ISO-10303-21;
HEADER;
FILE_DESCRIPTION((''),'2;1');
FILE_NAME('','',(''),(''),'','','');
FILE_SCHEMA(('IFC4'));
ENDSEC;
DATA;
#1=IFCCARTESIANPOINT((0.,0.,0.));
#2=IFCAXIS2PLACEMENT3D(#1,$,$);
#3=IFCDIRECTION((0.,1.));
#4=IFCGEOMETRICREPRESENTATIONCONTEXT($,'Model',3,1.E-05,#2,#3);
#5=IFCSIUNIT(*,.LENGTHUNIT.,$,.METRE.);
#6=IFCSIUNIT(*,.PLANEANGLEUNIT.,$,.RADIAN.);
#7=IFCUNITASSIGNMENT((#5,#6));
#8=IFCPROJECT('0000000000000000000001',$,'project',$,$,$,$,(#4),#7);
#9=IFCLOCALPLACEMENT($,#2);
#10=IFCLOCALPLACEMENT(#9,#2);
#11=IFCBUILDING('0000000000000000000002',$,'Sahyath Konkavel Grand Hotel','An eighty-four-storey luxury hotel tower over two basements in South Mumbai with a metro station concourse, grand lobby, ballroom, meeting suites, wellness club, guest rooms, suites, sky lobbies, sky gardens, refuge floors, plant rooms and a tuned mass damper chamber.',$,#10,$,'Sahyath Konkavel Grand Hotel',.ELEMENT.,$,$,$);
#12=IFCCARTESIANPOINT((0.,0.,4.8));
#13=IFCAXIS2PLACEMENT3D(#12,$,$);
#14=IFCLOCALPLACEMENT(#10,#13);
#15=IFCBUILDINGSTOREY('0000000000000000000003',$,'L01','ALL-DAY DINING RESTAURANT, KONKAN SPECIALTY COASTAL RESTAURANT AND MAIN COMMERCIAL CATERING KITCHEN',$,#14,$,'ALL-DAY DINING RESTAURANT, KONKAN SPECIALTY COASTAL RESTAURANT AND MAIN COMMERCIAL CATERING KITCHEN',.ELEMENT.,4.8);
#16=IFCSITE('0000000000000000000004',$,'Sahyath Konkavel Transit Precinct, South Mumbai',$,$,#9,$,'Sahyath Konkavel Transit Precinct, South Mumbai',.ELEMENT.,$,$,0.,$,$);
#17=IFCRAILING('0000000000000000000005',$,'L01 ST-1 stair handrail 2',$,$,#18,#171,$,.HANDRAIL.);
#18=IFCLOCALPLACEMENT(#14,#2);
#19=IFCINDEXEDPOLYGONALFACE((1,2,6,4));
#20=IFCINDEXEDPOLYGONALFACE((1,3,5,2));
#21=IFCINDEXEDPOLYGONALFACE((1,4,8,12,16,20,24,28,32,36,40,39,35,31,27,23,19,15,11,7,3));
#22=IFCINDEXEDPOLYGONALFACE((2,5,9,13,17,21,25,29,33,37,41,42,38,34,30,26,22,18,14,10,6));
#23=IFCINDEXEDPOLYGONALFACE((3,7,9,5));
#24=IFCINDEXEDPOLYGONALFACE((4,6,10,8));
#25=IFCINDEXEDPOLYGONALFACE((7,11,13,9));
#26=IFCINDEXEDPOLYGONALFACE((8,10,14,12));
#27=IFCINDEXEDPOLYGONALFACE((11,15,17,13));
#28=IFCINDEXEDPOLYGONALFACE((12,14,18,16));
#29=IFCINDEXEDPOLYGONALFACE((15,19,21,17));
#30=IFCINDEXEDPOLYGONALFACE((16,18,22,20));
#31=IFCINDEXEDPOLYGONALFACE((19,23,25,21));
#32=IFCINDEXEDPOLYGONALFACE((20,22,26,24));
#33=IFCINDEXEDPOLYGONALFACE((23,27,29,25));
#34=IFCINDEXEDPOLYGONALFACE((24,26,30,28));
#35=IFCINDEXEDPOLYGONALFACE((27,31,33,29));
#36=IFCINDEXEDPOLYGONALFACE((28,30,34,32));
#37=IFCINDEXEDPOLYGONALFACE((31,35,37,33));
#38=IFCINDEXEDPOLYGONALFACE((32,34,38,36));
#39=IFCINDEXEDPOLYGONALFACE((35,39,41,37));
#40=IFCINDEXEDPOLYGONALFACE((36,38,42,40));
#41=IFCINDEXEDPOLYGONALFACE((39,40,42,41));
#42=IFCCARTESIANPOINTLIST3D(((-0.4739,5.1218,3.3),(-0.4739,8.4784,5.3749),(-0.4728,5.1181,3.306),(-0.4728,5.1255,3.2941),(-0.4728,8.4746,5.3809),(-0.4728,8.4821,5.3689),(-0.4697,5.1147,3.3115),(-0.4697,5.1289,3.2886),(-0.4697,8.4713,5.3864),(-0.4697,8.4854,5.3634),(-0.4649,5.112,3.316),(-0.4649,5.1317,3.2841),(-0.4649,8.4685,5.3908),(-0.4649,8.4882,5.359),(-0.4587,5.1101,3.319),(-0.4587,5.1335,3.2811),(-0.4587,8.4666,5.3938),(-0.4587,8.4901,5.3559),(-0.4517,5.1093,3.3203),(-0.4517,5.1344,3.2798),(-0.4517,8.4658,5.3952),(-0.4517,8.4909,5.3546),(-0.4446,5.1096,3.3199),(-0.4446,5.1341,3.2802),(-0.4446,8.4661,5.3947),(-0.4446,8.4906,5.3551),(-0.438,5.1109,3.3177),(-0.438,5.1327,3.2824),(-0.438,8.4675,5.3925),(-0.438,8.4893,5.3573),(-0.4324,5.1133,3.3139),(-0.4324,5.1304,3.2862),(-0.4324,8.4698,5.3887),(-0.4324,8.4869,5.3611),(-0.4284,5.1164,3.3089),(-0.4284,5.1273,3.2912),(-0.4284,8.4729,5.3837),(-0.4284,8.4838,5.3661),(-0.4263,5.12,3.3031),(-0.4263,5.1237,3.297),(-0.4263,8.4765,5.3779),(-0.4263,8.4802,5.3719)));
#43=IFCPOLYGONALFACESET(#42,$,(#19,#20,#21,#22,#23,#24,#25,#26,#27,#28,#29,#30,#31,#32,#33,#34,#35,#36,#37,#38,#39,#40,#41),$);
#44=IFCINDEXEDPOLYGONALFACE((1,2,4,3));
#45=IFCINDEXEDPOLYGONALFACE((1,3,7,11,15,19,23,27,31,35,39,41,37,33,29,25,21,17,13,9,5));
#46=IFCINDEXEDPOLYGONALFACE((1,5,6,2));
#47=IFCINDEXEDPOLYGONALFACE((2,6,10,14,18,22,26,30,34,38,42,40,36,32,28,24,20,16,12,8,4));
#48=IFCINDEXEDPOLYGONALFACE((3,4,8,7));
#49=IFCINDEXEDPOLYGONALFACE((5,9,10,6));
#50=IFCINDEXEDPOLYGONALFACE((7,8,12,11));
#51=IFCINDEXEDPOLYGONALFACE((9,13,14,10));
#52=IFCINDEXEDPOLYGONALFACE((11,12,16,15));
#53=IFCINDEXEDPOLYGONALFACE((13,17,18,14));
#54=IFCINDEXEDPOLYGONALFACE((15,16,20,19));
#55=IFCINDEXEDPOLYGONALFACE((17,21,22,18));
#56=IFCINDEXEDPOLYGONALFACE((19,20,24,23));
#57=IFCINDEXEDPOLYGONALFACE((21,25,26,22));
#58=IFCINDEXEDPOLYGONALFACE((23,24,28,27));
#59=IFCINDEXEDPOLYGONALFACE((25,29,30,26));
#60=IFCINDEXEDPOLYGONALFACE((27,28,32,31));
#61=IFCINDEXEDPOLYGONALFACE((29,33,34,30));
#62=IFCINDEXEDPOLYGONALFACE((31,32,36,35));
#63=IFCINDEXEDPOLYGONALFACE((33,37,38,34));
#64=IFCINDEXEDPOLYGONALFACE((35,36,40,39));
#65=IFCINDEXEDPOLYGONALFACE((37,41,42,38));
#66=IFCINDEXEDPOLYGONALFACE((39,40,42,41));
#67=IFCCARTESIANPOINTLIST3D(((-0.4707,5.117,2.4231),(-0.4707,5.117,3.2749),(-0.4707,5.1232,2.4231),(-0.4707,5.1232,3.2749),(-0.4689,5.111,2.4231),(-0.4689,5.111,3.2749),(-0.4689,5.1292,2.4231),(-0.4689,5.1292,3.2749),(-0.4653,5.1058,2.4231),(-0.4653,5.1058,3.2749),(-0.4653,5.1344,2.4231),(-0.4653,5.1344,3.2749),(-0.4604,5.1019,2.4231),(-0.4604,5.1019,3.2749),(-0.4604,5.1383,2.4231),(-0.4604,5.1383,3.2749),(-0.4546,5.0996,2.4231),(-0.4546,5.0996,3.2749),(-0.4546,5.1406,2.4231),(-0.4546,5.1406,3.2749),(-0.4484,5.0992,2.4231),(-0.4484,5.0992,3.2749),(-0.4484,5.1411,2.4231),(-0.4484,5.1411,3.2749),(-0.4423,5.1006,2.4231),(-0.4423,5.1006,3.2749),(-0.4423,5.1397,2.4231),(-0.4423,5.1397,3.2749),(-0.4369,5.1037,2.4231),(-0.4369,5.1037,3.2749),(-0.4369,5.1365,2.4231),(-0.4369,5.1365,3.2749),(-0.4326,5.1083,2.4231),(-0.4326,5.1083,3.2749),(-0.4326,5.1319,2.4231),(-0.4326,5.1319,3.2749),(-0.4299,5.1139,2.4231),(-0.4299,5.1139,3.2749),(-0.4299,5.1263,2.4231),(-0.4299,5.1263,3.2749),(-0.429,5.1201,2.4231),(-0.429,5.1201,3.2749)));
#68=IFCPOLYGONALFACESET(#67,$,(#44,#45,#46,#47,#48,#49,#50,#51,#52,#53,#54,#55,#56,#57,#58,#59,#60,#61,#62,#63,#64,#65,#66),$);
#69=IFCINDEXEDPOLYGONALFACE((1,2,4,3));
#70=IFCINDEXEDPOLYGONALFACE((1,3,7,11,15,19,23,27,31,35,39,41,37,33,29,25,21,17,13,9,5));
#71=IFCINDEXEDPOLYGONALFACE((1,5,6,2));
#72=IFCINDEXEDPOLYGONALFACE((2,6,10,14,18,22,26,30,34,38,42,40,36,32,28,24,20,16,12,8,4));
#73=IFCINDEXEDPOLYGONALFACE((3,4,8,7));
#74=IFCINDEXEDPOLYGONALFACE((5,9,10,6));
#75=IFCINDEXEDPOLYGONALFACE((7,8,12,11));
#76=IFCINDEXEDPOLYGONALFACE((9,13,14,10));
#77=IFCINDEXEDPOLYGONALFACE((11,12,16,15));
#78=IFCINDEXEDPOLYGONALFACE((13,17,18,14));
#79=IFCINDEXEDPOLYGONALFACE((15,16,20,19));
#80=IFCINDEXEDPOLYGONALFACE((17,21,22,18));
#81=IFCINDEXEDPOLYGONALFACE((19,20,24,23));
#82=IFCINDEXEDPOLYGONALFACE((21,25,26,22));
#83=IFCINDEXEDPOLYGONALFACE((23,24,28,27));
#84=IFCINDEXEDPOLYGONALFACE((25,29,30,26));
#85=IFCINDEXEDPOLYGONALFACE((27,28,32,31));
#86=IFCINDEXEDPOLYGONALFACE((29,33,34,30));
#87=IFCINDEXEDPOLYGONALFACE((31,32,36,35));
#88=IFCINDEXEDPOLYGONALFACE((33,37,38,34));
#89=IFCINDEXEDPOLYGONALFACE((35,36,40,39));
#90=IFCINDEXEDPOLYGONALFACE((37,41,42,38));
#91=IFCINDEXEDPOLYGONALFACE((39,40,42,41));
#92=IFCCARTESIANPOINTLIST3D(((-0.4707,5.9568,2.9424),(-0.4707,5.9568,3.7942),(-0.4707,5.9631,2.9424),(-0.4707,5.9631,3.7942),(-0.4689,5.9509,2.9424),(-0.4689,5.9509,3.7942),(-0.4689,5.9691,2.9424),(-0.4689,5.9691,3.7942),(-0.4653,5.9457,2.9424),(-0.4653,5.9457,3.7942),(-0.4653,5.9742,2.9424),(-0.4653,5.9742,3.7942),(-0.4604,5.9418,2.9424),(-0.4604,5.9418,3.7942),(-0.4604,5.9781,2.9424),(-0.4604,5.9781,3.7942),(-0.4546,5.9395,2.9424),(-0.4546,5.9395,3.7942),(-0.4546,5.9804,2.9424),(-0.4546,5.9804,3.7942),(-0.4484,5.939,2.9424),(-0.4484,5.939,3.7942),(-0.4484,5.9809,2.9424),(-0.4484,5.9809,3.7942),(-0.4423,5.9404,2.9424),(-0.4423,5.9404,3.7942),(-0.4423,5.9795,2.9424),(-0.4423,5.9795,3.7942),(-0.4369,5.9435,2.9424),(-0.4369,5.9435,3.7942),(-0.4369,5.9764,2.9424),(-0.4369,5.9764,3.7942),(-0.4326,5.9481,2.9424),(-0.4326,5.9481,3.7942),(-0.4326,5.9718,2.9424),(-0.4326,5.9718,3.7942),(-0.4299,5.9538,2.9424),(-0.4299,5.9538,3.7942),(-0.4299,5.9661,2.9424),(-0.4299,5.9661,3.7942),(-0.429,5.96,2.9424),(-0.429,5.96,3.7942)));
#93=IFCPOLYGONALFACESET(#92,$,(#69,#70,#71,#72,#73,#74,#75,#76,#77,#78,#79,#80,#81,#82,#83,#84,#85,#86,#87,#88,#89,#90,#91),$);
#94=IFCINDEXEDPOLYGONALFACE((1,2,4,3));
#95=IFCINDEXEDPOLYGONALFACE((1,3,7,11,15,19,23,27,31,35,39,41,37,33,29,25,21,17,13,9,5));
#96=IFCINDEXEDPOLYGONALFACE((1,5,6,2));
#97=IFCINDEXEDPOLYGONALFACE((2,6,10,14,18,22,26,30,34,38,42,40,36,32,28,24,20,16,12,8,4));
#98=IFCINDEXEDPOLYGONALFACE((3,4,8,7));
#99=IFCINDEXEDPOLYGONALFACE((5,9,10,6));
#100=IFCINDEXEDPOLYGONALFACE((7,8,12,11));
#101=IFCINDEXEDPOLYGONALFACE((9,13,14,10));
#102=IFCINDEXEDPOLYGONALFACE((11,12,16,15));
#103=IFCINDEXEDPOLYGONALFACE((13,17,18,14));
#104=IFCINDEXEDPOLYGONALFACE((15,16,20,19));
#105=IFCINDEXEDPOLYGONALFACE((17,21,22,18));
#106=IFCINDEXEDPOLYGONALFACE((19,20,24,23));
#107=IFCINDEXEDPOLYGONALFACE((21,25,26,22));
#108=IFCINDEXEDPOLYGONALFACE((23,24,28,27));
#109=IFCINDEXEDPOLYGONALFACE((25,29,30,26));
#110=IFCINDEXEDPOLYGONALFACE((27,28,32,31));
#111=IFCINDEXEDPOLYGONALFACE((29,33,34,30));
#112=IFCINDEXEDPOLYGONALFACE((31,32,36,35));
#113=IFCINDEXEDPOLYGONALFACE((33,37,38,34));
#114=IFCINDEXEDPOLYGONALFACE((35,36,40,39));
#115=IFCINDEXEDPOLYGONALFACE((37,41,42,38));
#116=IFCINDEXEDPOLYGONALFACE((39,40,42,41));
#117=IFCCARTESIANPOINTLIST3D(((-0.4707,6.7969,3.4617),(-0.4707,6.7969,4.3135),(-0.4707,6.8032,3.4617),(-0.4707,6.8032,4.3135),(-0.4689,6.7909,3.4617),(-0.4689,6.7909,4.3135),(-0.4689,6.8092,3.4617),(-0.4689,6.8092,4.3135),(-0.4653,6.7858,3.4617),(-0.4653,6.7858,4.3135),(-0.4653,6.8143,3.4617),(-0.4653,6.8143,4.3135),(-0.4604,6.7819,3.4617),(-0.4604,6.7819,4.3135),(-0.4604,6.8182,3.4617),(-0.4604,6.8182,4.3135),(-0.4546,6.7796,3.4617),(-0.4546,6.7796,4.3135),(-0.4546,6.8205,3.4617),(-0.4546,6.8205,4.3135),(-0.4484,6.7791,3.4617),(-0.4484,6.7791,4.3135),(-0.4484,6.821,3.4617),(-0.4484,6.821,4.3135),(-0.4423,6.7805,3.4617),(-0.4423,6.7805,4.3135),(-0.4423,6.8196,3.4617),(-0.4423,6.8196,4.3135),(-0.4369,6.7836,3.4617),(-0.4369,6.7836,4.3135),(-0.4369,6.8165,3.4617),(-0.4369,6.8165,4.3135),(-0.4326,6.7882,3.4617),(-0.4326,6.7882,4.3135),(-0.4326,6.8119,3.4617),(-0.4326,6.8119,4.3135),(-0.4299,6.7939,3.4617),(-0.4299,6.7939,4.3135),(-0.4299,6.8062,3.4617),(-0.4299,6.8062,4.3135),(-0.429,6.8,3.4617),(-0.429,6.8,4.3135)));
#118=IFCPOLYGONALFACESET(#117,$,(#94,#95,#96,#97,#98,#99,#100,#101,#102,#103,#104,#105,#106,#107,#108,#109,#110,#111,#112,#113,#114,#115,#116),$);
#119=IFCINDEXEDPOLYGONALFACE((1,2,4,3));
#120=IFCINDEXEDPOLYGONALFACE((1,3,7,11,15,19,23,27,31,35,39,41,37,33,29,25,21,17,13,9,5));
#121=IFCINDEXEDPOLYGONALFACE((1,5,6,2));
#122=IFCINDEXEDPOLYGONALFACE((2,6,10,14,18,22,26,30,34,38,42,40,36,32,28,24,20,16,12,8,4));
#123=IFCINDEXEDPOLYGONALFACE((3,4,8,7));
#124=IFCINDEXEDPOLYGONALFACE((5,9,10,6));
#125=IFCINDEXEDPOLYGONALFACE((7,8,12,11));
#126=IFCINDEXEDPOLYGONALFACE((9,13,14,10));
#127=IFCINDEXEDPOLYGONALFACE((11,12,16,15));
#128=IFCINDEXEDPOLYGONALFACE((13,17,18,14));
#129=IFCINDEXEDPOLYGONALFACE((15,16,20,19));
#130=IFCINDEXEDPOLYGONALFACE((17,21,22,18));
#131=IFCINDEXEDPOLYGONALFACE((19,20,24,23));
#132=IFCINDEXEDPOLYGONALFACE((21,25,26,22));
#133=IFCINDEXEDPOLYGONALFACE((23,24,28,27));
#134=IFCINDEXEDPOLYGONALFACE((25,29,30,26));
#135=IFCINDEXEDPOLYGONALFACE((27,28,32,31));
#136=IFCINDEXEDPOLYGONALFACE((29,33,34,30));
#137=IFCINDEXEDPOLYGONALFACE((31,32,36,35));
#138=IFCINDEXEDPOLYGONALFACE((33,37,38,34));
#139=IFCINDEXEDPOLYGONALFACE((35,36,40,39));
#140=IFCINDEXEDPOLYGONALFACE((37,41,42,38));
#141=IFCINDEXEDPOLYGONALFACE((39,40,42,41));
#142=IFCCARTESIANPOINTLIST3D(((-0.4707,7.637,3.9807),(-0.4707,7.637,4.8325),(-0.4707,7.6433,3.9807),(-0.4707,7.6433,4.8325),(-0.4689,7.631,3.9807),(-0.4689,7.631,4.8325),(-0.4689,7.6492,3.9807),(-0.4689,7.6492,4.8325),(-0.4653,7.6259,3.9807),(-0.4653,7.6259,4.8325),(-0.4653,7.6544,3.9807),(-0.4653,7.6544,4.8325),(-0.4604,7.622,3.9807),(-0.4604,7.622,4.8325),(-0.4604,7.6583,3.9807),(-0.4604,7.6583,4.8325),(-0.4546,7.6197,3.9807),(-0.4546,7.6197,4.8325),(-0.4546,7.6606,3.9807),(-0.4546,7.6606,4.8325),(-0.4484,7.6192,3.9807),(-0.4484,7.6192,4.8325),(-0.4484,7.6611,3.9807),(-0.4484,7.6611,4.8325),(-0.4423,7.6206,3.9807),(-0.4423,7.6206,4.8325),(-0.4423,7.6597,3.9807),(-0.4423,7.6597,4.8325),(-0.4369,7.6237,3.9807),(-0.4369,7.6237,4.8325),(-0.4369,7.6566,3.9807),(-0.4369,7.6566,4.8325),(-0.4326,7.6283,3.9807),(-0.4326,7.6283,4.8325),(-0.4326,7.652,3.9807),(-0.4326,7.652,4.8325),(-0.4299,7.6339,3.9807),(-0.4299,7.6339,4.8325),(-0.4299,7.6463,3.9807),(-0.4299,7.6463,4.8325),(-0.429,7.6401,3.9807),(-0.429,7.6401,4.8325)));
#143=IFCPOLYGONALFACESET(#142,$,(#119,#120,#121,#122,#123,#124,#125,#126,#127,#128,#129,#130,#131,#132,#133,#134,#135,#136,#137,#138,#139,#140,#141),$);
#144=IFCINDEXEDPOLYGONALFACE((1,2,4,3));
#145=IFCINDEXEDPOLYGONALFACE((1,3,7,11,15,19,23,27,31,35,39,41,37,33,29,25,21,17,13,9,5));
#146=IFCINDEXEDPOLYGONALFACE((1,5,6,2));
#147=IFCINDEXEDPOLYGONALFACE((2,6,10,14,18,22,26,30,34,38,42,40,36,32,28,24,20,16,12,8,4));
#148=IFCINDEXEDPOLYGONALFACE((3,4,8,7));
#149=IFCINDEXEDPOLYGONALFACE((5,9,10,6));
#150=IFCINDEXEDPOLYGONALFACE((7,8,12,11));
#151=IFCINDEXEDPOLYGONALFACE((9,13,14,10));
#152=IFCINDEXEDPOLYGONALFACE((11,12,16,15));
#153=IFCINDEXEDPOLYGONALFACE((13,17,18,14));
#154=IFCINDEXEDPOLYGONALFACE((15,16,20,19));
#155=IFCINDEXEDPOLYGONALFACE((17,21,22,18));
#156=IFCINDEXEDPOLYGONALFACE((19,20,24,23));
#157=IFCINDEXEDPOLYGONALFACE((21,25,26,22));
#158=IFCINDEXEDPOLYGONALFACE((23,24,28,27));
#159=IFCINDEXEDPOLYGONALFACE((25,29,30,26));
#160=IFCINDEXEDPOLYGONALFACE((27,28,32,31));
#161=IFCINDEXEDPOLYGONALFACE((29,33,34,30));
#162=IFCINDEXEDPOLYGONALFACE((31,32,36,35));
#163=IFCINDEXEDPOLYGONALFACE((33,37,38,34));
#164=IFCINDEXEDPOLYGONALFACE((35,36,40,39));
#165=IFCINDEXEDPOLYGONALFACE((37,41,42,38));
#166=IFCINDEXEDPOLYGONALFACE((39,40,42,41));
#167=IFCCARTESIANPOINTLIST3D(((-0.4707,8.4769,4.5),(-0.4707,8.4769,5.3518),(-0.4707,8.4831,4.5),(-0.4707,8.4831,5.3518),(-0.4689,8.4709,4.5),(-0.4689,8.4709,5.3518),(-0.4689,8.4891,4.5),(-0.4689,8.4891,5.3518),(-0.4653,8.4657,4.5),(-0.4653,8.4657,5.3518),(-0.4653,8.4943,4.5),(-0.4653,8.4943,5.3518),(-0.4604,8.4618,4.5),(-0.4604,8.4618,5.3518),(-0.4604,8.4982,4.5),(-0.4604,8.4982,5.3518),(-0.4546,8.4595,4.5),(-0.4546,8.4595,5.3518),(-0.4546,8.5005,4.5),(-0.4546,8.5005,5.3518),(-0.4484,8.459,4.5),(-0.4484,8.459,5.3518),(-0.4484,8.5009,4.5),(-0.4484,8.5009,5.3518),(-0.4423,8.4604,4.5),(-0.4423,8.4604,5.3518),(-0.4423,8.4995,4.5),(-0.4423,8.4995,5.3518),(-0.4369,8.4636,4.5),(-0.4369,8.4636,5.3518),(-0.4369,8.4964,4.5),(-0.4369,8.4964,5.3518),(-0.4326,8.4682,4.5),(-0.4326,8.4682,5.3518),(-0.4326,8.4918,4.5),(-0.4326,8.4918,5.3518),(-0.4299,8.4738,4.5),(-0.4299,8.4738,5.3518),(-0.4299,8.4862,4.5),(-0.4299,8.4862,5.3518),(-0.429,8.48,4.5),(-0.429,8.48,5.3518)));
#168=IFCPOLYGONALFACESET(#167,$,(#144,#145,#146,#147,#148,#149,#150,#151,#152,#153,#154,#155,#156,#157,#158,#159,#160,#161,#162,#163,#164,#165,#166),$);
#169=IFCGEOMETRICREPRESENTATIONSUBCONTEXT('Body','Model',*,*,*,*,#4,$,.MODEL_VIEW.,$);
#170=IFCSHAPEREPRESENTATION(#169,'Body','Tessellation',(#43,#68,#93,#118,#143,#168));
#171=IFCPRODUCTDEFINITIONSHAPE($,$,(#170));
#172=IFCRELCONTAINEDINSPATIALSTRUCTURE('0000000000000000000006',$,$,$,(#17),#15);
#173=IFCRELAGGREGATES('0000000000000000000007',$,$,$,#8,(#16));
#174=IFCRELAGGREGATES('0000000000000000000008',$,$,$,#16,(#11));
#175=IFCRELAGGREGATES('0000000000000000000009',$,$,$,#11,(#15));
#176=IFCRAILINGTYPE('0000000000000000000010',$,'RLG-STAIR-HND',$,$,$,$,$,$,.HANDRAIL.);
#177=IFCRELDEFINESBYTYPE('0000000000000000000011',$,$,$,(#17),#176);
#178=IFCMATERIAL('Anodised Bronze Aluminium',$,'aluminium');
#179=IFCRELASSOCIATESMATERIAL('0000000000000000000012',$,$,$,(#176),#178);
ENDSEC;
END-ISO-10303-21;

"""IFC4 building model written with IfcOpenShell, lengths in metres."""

from ifc_helpers import new_model, si_unit, direction, frame, origin, origin_2d, place, context, subcontext, project, spatial, circle, extrude, material, type_object, element, save


model = new_model("IFC4")

# Units and contexts
model_context = context("Model", 3, precision=1e-05, world=origin(), true_north=direction((0.0, 1.0)))
body_context = subcontext(model_context, "Body", "Model", "MODEL_VIEW")
ifc_project = project(units=[si_unit("LENGTHUNIT", "METRE"), si_unit("PLANEANGLEUNIT", "RADIAN")], contexts=[model_context])

# Site, building, storey
site_placement = place(None, origin())
site = spatial("IfcSite", under=ifc_project, at=site_placement, Name="Sahyath Konkavel Transit Precinct, South Mumbai", LongName="Sahyath Konkavel Transit Precinct, South Mumbai", CompositionType="ELEMENT", RefElevation=0.0)
building_placement = place(site_placement, origin())
building = spatial("IfcBuilding", under=site, at=building_placement, Name="Sahyath Konkavel Grand Hotel", Description="An eighty-four-storey luxury hotel tower over two basements in South Mumbai with a metro station concourse, grand lobby, ballroom, meeting suites, wellness club, guest rooms, suites, sky lobbies, sky gardens, refuge floors, plant rooms and a tuned mass damper chamber.", LongName="Sahyath Konkavel Grand Hotel", CompositionType="ELEMENT")
storey_placement = place(building_placement, frame((0.0, 0.0, 4.8)))
storey = spatial("IfcBuildingStorey", under=building, at=storey_placement, Name="L01", Description="ALL-DAY DINING RESTAURANT, KONKAN SPECIALTY COASTAL RESTAURANT AND MAIN COMMERCIAL CATERING KITCHEN", LongName="ALL-DAY DINING RESTAURANT, KONKAN SPECIALTY COASTAL RESTAURANT AND MAIN COMMERCIAL CATERING KITCHEN", CompositionType="ELEMENT", Elevation=4.8)

# Shared definitions
ifc_material_1 = material(Name="Anodised Bronze Aluminium", Category="aluminium")

# Railing
railing_type_1 = type_object("IfcRailingType", Name="RLG-STAIR-HND", PredefinedType="HANDRAIL", material=ifc_material_1)
railing_1_placement = place(storey_placement, frame((-0.45, 5.1201, 2.4231)))
element("IfcRailing", 1, at=railing_1_placement, inside=storey, type_object=railing_type_1, Name="L01 ST-1 stair handrail 2", PredefinedType="HANDRAIL", context=body_context, shape_type="SweptSolid", body=[
    extrude(circle(Radius=0.0239, at=origin_2d()), frame((0.0, 0.0017, 0.877), z_axis=(0.0, 0.850606, 0.525803), x_axis=(-1.0, 0.0, 0.0)), (0.0, 0.0, 1.0), 3.946),
    extrude(circle(Radius=0.021, at=origin_2d()), origin(), (0.0, 0.0, 1.0), 0.8518),
    extrude(circle(Radius=0.021, at=origin_2d()), frame((0.0, 0.8398, 0.5193)), (0.0, 0.0, 1.0), 0.8518),
    extrude(circle(Radius=0.021, at=origin_2d()), frame((0.0, 1.6799, 1.0386)), (0.0, 0.0, 1.0), 0.8518),
    extrude(circle(Radius=0.021, at=origin_2d()), frame((0.0, 2.52, 1.5576)), (0.0, 0.0, 1.0), 0.8518),
    extrude(circle(Radius=0.021, at=origin_2d()), frame((0.0, 3.3599, 2.0769)), (0.0, 0.0, 1.0), 0.8518),
])

save(model, "model.ifc")
